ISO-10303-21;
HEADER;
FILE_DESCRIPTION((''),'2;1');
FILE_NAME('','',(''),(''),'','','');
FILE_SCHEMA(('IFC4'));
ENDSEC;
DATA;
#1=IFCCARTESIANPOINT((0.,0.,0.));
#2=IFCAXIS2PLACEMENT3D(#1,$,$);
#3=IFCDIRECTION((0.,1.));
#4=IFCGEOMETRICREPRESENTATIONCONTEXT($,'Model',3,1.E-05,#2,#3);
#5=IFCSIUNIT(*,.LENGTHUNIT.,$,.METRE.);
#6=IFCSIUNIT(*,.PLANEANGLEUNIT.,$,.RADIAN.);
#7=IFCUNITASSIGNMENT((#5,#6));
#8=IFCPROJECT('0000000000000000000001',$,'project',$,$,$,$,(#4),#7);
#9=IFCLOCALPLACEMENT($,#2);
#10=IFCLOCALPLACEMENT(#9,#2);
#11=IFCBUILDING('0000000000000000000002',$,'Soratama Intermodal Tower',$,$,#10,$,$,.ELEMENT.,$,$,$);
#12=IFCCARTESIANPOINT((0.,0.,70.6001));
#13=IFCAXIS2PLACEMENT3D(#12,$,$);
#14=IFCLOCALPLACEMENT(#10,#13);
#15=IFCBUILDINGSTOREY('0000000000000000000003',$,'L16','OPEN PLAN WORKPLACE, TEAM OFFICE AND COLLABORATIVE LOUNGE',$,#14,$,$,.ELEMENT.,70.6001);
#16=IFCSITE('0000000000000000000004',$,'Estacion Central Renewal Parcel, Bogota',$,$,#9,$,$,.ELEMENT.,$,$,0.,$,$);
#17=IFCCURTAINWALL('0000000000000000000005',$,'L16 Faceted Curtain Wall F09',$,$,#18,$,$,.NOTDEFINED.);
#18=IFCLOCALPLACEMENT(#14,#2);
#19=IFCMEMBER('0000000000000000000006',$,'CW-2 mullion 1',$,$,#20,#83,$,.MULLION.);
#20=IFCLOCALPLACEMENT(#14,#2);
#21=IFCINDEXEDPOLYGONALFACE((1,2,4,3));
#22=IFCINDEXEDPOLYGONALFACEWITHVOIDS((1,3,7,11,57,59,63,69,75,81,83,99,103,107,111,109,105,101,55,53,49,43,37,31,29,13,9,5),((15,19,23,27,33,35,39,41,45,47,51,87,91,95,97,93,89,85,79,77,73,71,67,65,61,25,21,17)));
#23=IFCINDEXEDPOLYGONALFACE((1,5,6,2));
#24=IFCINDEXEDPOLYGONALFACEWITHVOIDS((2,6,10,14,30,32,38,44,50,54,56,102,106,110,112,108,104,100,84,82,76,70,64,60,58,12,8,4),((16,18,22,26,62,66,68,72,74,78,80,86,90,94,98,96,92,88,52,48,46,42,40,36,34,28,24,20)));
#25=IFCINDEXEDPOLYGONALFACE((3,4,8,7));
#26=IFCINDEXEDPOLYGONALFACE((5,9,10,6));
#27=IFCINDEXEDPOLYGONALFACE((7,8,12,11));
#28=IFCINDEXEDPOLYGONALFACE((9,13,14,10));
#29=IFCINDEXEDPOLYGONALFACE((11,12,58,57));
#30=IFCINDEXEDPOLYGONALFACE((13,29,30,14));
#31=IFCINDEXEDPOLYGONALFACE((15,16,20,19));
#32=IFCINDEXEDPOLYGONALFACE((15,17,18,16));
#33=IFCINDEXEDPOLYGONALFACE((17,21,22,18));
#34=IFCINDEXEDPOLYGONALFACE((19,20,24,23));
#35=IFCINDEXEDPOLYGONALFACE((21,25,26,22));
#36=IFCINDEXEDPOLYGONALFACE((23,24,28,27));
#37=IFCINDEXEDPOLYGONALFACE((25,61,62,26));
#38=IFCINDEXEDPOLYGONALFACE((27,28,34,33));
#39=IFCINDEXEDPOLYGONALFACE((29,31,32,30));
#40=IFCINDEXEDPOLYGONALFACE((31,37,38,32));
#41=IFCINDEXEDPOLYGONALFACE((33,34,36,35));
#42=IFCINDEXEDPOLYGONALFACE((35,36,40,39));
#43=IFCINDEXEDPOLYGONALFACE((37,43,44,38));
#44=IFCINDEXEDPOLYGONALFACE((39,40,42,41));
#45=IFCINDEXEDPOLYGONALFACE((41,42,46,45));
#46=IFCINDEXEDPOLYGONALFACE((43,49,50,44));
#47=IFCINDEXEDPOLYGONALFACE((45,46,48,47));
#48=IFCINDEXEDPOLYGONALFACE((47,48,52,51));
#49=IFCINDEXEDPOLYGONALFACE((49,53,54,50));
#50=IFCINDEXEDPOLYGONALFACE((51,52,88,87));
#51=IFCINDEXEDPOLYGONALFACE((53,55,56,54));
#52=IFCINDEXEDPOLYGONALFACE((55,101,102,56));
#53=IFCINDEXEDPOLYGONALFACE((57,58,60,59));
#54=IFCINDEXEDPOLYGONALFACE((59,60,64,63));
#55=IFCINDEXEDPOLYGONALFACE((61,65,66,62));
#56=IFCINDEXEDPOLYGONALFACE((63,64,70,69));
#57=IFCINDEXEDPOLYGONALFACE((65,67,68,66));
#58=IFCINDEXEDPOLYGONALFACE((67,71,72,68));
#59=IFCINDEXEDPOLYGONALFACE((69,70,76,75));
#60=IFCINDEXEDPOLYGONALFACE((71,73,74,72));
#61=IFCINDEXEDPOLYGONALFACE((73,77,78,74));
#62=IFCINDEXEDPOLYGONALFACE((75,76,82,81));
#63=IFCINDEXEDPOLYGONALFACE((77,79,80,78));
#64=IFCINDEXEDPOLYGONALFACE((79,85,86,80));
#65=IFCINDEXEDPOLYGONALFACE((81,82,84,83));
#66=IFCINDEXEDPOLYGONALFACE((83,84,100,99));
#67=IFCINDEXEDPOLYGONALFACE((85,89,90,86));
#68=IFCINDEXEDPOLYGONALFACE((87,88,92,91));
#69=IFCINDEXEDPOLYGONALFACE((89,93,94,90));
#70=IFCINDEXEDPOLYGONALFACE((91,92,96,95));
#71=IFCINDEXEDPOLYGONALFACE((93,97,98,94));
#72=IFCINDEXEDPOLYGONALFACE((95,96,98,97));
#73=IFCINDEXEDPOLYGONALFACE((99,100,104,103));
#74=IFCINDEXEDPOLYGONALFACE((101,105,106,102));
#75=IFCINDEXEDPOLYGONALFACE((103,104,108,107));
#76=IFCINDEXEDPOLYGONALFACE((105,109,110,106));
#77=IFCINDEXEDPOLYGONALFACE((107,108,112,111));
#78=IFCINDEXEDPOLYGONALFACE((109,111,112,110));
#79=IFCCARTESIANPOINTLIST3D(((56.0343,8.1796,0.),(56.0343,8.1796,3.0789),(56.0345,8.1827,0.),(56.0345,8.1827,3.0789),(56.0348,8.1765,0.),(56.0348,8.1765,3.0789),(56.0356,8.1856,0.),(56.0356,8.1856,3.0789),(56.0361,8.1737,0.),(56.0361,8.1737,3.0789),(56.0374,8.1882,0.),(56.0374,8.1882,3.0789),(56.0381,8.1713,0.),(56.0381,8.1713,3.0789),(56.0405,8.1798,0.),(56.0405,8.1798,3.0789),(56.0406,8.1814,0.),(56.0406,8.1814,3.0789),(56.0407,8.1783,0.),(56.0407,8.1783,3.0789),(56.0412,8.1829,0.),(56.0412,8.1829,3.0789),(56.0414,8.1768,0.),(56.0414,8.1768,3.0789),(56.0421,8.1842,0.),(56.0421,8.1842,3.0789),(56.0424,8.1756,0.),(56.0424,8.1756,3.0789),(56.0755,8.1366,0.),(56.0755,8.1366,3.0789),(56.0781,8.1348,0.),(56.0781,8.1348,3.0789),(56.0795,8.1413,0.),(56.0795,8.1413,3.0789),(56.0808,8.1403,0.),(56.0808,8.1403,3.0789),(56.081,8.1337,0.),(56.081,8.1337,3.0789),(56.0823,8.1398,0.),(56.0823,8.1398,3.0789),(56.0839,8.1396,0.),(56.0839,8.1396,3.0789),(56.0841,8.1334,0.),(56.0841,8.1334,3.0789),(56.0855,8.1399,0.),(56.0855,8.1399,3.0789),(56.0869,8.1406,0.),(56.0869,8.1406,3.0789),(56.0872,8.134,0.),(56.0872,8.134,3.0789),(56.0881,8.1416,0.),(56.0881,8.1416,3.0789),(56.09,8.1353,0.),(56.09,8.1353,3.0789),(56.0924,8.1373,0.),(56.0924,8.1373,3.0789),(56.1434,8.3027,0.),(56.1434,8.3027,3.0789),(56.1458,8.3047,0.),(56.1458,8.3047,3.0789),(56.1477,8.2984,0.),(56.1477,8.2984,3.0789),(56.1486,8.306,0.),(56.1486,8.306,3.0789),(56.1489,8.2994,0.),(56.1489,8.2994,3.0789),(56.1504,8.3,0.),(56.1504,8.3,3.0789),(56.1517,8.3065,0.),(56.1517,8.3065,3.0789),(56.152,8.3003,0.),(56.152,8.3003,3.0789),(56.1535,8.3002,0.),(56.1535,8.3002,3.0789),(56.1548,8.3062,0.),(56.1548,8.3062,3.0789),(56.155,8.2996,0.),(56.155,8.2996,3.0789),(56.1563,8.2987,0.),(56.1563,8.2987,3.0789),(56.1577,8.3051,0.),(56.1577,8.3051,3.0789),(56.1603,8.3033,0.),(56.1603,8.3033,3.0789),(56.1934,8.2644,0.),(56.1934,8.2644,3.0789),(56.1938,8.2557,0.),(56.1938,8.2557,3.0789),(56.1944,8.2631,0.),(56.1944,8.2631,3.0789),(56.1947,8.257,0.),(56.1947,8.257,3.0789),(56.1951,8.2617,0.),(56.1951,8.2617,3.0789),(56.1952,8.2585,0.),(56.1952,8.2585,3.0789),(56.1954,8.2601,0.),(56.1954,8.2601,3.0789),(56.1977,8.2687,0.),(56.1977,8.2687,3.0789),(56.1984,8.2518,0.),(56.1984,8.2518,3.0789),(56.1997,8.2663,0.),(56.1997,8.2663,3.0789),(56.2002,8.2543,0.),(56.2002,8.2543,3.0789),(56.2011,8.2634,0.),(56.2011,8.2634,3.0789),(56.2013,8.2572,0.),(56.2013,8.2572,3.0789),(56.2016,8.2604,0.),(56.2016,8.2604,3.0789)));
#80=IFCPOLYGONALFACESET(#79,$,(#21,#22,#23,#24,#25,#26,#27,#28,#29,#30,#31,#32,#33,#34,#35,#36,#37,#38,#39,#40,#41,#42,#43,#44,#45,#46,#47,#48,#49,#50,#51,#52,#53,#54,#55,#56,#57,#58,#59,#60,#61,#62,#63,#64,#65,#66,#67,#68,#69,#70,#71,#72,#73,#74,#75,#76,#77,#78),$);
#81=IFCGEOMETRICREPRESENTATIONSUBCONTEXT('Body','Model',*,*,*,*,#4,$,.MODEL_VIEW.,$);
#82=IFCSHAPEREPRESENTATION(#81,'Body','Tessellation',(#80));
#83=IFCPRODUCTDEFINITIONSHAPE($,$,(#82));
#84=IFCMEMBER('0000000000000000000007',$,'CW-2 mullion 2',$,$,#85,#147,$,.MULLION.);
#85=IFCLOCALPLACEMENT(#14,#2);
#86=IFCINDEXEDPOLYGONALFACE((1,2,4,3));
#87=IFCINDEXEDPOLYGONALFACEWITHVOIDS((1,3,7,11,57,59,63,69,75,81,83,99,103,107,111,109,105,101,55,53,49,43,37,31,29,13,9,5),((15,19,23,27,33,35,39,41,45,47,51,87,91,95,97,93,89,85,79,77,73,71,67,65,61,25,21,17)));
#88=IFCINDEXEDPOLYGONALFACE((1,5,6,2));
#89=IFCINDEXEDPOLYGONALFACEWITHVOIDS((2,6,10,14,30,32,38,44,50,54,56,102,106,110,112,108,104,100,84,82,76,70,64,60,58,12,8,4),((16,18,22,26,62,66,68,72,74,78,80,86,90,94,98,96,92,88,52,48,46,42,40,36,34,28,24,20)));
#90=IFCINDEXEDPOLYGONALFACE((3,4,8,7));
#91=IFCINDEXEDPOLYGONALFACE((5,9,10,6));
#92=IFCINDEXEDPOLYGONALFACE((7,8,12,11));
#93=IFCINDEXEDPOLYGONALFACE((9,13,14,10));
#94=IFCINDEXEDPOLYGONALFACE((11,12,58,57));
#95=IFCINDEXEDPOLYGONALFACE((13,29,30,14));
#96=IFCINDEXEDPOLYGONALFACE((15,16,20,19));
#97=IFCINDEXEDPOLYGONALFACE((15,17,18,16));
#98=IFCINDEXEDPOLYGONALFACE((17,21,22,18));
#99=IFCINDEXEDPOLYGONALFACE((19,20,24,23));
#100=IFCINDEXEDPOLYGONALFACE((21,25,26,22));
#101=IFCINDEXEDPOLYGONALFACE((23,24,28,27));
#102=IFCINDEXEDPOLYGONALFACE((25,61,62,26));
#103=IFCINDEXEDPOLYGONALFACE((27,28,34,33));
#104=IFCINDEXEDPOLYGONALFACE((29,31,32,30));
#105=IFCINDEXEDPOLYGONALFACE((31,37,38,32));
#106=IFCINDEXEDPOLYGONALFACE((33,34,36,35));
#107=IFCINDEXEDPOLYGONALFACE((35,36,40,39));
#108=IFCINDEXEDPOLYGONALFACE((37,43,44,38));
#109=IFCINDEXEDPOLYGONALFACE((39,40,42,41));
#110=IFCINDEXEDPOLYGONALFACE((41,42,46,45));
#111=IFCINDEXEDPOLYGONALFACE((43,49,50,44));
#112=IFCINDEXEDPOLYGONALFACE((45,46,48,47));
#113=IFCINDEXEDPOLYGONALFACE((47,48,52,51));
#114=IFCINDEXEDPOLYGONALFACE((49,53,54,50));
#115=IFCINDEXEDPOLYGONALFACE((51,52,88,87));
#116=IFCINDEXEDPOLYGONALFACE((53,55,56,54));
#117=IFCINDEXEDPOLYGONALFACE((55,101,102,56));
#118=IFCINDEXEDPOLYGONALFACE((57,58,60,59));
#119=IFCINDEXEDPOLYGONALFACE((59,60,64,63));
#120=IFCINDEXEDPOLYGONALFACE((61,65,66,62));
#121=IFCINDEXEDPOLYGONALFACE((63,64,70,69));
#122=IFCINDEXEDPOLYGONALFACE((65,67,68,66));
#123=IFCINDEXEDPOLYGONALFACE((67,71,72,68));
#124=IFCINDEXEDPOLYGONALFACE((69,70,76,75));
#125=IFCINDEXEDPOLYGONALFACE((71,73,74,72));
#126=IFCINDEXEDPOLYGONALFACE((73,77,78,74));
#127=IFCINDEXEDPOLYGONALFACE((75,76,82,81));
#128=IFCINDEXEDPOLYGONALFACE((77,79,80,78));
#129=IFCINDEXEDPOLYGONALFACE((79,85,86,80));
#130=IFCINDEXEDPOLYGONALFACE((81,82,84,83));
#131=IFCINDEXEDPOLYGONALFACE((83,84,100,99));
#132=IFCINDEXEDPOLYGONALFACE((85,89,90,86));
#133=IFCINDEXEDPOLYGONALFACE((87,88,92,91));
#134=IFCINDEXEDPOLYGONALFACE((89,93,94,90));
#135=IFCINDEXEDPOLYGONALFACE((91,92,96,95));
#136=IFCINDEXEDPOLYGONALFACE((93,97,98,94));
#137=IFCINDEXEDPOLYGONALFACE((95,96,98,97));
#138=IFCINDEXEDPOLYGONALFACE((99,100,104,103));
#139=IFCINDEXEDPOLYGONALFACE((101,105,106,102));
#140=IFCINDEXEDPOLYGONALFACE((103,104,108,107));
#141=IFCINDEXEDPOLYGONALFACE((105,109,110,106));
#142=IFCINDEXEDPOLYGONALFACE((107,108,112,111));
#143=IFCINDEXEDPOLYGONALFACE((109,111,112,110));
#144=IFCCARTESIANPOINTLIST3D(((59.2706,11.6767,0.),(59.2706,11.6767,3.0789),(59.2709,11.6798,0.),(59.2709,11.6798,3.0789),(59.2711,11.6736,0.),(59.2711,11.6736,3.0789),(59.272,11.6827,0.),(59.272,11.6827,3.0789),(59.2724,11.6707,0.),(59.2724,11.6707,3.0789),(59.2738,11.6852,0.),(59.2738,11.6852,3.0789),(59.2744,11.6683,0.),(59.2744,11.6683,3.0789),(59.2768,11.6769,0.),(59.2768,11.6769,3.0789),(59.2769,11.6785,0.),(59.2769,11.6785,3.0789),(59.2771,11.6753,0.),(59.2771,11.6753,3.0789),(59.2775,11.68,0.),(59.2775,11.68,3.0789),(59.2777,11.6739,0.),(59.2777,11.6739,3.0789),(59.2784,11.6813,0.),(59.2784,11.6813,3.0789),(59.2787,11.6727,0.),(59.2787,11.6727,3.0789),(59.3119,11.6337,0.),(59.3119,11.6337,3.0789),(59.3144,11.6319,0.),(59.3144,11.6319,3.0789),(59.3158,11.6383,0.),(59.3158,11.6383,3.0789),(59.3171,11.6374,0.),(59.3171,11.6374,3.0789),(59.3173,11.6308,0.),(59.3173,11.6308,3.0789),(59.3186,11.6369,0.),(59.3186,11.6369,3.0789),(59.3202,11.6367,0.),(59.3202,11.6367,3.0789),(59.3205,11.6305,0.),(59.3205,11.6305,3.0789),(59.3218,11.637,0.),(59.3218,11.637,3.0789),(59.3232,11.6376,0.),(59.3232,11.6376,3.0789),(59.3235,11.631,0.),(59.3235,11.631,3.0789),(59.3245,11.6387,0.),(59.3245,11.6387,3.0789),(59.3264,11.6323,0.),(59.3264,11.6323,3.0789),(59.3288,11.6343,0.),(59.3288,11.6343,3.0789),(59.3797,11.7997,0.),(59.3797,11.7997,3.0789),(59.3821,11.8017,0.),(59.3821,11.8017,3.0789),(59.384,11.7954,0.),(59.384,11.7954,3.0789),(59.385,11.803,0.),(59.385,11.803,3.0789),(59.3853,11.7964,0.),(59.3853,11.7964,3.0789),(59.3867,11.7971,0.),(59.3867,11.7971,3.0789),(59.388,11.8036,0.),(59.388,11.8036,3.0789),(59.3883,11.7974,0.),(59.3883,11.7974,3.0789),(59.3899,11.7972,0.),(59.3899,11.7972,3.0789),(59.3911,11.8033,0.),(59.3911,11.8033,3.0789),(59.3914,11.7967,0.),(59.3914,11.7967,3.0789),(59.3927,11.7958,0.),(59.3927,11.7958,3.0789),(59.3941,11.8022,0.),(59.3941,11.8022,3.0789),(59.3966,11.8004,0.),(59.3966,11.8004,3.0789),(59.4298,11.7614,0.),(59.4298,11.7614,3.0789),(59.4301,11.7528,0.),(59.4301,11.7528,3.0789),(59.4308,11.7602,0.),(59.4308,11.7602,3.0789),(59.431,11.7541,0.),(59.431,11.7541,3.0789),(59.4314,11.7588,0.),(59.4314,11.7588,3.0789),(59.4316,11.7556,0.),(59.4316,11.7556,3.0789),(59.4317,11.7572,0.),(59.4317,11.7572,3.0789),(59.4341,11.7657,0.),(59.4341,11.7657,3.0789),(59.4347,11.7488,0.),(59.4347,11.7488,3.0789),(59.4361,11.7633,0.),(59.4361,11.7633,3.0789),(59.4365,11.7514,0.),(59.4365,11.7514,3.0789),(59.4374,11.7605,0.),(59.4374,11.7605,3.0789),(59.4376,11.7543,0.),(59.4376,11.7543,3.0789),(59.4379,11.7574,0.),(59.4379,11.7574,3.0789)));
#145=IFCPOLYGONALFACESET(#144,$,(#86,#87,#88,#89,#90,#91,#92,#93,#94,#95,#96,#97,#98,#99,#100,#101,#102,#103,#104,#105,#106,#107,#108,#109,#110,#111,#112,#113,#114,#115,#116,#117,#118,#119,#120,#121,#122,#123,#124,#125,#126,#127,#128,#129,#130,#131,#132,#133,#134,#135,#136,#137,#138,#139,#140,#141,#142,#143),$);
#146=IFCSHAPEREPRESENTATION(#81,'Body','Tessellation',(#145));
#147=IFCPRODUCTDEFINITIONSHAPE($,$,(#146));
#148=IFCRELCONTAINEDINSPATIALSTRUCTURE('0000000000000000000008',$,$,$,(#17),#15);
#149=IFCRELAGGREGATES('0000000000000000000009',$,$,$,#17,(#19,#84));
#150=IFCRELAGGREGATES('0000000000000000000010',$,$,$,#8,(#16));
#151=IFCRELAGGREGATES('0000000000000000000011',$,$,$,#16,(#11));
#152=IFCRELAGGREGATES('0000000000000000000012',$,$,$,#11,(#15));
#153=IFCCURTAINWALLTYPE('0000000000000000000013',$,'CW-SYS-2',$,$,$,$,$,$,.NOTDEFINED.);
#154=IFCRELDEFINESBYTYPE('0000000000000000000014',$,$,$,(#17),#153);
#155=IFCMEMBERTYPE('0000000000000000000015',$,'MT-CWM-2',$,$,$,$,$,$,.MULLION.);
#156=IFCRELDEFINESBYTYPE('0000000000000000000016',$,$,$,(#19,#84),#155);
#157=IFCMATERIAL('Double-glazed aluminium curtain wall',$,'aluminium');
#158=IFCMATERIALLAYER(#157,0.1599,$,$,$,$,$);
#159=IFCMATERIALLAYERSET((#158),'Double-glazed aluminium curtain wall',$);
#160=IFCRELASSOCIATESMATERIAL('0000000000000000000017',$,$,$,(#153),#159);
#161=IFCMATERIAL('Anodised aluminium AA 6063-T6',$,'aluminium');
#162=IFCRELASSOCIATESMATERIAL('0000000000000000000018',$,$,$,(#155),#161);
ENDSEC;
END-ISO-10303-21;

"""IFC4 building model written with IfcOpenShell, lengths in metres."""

from ifc_helpers import new_model, si_unit, direction, frame, origin, origin_2d, place, context, subcontext, project, spatial, hollow_rectangle, extrude, material, layer, layer_set, material_profile, profile_set, type_object, element, aggregate, save


model = new_model("IFC4")

# Units and contexts
model_context = context("Model", 3, precision=1e-05, world=origin(), true_north=direction((0.0, 1.0)))
body_context = subcontext(model_context, "Body", "Model", "MODEL_VIEW")
ifc_project = project(units=[si_unit("LENGTHUNIT", "METRE"), si_unit("PLANEANGLEUNIT", "RADIAN")], contexts=[model_context])

# Site, building, storey
site_placement = place(None, origin())
site = spatial("IfcSite", under=ifc_project, at=site_placement, Name="Estacion Central Renewal Parcel, Bogota", CompositionType="ELEMENT", RefElevation=0.0)
building_placement = place(site_placement, origin())
building = spatial("IfcBuilding", under=site, at=building_placement, Name="Soratama Intermodal Tower", CompositionType="ELEMENT")
storey_placement = place(building_placement, frame((0.0, 0.0, 70.6001)))
storey = spatial("IfcBuildingStorey", under=building, at=storey_placement, Name="L16", Description="OPEN PLAN WORKPLACE, TEAM OFFICE AND COLLABORATIVE LOUNGE", CompositionType="ELEMENT", Elevation=70.6001)

# Curtain wall, members
ifc_material_1 = material(Name="Double-glazed aluminium curtain wall", Category="aluminium")
ifc_layer_1 = layer(ifc_material_1, 0.1599)
ifc_layer_set_1 = layer_set([ifc_layer_1], Name="Double-glazed aluminium curtain wall")
curtain_wall_type = type_object("IfcCurtainWallType", Name="CW-SYS-2", PredefinedType="NOTDEFINED", material=ifc_layer_set_1)
curtain_wall_placement = place(storey_placement, origin())
curtain_wall = element("IfcCurtainWall", 1, at=curtain_wall_placement, inside=storey, type_object=curtain_wall_type, Name="L16 Faceted Curtain Wall F09", PredefinedType="NOTDEFINED")
ifc_material_2 = material(Name="Anodised aluminium AA 6063-T6", Category="aluminium")
ifc_material_profile_1 = material_profile(ifc_material_2, hollow_rectangle(XDim=0.075, YDim=0.1799, WallThickness=0.0061, InnerFilletRadius=0.0061, OuterFilletRadius=0.012, at=origin_2d()), Name="CWM180X75X6")
ifc_profile_set_1 = profile_set([ifc_material_profile_1], Name="Anodised aluminium AA 6063-T6")
member_type_1 = type_object("IfcMemberType", Name="MT-CWM-2", PredefinedType="MULLION", material=ifc_profile_set_1)
member_1_placement = place(storey_placement, frame((56.1179, 8.22, 0.0), z_axis=(0.0, 0.0, 1.0), x_axis=(-0.733965, 0.679187, 0.0)))
member_1 = element("IfcMember", 2, at=member_1_placement, type_object=member_type_1, Name="CW-2 mullion 1", PredefinedType="MULLION", context=body_context, shape_type="SweptSolid", body=[
    extrude(hollow_rectangle(XDim=0.075, YDim=0.1799, WallThickness=0.0061, InnerFilletRadius=0.0061, OuterFilletRadius=0.012, at=origin_2d()), origin(), (0.0, 0.0, 1.0), 3.0789),
])
member_2_placement = place(storey_placement, frame((59.3542, 11.717, 0.0), z_axis=(0.0, 0.0, 1.0), x_axis=(-0.733965, 0.679187, 0.0)))
member_2 = element("IfcMember", 3, at=member_2_placement, type_object=member_type_1, Name="CW-2 mullion 2", PredefinedType="MULLION", context=body_context, shape_type="SweptSolid", body=[
    extrude(hollow_rectangle(XDim=0.075, YDim=0.1799, WallThickness=0.0061, InnerFilletRadius=0.0061, OuterFilletRadius=0.012, at=origin_2d()), origin(), (0.0, 0.0, 1.0), 3.0789),
])
aggregate(curtain_wall, [member_1, member_2])

save(model, "model.ifc")
